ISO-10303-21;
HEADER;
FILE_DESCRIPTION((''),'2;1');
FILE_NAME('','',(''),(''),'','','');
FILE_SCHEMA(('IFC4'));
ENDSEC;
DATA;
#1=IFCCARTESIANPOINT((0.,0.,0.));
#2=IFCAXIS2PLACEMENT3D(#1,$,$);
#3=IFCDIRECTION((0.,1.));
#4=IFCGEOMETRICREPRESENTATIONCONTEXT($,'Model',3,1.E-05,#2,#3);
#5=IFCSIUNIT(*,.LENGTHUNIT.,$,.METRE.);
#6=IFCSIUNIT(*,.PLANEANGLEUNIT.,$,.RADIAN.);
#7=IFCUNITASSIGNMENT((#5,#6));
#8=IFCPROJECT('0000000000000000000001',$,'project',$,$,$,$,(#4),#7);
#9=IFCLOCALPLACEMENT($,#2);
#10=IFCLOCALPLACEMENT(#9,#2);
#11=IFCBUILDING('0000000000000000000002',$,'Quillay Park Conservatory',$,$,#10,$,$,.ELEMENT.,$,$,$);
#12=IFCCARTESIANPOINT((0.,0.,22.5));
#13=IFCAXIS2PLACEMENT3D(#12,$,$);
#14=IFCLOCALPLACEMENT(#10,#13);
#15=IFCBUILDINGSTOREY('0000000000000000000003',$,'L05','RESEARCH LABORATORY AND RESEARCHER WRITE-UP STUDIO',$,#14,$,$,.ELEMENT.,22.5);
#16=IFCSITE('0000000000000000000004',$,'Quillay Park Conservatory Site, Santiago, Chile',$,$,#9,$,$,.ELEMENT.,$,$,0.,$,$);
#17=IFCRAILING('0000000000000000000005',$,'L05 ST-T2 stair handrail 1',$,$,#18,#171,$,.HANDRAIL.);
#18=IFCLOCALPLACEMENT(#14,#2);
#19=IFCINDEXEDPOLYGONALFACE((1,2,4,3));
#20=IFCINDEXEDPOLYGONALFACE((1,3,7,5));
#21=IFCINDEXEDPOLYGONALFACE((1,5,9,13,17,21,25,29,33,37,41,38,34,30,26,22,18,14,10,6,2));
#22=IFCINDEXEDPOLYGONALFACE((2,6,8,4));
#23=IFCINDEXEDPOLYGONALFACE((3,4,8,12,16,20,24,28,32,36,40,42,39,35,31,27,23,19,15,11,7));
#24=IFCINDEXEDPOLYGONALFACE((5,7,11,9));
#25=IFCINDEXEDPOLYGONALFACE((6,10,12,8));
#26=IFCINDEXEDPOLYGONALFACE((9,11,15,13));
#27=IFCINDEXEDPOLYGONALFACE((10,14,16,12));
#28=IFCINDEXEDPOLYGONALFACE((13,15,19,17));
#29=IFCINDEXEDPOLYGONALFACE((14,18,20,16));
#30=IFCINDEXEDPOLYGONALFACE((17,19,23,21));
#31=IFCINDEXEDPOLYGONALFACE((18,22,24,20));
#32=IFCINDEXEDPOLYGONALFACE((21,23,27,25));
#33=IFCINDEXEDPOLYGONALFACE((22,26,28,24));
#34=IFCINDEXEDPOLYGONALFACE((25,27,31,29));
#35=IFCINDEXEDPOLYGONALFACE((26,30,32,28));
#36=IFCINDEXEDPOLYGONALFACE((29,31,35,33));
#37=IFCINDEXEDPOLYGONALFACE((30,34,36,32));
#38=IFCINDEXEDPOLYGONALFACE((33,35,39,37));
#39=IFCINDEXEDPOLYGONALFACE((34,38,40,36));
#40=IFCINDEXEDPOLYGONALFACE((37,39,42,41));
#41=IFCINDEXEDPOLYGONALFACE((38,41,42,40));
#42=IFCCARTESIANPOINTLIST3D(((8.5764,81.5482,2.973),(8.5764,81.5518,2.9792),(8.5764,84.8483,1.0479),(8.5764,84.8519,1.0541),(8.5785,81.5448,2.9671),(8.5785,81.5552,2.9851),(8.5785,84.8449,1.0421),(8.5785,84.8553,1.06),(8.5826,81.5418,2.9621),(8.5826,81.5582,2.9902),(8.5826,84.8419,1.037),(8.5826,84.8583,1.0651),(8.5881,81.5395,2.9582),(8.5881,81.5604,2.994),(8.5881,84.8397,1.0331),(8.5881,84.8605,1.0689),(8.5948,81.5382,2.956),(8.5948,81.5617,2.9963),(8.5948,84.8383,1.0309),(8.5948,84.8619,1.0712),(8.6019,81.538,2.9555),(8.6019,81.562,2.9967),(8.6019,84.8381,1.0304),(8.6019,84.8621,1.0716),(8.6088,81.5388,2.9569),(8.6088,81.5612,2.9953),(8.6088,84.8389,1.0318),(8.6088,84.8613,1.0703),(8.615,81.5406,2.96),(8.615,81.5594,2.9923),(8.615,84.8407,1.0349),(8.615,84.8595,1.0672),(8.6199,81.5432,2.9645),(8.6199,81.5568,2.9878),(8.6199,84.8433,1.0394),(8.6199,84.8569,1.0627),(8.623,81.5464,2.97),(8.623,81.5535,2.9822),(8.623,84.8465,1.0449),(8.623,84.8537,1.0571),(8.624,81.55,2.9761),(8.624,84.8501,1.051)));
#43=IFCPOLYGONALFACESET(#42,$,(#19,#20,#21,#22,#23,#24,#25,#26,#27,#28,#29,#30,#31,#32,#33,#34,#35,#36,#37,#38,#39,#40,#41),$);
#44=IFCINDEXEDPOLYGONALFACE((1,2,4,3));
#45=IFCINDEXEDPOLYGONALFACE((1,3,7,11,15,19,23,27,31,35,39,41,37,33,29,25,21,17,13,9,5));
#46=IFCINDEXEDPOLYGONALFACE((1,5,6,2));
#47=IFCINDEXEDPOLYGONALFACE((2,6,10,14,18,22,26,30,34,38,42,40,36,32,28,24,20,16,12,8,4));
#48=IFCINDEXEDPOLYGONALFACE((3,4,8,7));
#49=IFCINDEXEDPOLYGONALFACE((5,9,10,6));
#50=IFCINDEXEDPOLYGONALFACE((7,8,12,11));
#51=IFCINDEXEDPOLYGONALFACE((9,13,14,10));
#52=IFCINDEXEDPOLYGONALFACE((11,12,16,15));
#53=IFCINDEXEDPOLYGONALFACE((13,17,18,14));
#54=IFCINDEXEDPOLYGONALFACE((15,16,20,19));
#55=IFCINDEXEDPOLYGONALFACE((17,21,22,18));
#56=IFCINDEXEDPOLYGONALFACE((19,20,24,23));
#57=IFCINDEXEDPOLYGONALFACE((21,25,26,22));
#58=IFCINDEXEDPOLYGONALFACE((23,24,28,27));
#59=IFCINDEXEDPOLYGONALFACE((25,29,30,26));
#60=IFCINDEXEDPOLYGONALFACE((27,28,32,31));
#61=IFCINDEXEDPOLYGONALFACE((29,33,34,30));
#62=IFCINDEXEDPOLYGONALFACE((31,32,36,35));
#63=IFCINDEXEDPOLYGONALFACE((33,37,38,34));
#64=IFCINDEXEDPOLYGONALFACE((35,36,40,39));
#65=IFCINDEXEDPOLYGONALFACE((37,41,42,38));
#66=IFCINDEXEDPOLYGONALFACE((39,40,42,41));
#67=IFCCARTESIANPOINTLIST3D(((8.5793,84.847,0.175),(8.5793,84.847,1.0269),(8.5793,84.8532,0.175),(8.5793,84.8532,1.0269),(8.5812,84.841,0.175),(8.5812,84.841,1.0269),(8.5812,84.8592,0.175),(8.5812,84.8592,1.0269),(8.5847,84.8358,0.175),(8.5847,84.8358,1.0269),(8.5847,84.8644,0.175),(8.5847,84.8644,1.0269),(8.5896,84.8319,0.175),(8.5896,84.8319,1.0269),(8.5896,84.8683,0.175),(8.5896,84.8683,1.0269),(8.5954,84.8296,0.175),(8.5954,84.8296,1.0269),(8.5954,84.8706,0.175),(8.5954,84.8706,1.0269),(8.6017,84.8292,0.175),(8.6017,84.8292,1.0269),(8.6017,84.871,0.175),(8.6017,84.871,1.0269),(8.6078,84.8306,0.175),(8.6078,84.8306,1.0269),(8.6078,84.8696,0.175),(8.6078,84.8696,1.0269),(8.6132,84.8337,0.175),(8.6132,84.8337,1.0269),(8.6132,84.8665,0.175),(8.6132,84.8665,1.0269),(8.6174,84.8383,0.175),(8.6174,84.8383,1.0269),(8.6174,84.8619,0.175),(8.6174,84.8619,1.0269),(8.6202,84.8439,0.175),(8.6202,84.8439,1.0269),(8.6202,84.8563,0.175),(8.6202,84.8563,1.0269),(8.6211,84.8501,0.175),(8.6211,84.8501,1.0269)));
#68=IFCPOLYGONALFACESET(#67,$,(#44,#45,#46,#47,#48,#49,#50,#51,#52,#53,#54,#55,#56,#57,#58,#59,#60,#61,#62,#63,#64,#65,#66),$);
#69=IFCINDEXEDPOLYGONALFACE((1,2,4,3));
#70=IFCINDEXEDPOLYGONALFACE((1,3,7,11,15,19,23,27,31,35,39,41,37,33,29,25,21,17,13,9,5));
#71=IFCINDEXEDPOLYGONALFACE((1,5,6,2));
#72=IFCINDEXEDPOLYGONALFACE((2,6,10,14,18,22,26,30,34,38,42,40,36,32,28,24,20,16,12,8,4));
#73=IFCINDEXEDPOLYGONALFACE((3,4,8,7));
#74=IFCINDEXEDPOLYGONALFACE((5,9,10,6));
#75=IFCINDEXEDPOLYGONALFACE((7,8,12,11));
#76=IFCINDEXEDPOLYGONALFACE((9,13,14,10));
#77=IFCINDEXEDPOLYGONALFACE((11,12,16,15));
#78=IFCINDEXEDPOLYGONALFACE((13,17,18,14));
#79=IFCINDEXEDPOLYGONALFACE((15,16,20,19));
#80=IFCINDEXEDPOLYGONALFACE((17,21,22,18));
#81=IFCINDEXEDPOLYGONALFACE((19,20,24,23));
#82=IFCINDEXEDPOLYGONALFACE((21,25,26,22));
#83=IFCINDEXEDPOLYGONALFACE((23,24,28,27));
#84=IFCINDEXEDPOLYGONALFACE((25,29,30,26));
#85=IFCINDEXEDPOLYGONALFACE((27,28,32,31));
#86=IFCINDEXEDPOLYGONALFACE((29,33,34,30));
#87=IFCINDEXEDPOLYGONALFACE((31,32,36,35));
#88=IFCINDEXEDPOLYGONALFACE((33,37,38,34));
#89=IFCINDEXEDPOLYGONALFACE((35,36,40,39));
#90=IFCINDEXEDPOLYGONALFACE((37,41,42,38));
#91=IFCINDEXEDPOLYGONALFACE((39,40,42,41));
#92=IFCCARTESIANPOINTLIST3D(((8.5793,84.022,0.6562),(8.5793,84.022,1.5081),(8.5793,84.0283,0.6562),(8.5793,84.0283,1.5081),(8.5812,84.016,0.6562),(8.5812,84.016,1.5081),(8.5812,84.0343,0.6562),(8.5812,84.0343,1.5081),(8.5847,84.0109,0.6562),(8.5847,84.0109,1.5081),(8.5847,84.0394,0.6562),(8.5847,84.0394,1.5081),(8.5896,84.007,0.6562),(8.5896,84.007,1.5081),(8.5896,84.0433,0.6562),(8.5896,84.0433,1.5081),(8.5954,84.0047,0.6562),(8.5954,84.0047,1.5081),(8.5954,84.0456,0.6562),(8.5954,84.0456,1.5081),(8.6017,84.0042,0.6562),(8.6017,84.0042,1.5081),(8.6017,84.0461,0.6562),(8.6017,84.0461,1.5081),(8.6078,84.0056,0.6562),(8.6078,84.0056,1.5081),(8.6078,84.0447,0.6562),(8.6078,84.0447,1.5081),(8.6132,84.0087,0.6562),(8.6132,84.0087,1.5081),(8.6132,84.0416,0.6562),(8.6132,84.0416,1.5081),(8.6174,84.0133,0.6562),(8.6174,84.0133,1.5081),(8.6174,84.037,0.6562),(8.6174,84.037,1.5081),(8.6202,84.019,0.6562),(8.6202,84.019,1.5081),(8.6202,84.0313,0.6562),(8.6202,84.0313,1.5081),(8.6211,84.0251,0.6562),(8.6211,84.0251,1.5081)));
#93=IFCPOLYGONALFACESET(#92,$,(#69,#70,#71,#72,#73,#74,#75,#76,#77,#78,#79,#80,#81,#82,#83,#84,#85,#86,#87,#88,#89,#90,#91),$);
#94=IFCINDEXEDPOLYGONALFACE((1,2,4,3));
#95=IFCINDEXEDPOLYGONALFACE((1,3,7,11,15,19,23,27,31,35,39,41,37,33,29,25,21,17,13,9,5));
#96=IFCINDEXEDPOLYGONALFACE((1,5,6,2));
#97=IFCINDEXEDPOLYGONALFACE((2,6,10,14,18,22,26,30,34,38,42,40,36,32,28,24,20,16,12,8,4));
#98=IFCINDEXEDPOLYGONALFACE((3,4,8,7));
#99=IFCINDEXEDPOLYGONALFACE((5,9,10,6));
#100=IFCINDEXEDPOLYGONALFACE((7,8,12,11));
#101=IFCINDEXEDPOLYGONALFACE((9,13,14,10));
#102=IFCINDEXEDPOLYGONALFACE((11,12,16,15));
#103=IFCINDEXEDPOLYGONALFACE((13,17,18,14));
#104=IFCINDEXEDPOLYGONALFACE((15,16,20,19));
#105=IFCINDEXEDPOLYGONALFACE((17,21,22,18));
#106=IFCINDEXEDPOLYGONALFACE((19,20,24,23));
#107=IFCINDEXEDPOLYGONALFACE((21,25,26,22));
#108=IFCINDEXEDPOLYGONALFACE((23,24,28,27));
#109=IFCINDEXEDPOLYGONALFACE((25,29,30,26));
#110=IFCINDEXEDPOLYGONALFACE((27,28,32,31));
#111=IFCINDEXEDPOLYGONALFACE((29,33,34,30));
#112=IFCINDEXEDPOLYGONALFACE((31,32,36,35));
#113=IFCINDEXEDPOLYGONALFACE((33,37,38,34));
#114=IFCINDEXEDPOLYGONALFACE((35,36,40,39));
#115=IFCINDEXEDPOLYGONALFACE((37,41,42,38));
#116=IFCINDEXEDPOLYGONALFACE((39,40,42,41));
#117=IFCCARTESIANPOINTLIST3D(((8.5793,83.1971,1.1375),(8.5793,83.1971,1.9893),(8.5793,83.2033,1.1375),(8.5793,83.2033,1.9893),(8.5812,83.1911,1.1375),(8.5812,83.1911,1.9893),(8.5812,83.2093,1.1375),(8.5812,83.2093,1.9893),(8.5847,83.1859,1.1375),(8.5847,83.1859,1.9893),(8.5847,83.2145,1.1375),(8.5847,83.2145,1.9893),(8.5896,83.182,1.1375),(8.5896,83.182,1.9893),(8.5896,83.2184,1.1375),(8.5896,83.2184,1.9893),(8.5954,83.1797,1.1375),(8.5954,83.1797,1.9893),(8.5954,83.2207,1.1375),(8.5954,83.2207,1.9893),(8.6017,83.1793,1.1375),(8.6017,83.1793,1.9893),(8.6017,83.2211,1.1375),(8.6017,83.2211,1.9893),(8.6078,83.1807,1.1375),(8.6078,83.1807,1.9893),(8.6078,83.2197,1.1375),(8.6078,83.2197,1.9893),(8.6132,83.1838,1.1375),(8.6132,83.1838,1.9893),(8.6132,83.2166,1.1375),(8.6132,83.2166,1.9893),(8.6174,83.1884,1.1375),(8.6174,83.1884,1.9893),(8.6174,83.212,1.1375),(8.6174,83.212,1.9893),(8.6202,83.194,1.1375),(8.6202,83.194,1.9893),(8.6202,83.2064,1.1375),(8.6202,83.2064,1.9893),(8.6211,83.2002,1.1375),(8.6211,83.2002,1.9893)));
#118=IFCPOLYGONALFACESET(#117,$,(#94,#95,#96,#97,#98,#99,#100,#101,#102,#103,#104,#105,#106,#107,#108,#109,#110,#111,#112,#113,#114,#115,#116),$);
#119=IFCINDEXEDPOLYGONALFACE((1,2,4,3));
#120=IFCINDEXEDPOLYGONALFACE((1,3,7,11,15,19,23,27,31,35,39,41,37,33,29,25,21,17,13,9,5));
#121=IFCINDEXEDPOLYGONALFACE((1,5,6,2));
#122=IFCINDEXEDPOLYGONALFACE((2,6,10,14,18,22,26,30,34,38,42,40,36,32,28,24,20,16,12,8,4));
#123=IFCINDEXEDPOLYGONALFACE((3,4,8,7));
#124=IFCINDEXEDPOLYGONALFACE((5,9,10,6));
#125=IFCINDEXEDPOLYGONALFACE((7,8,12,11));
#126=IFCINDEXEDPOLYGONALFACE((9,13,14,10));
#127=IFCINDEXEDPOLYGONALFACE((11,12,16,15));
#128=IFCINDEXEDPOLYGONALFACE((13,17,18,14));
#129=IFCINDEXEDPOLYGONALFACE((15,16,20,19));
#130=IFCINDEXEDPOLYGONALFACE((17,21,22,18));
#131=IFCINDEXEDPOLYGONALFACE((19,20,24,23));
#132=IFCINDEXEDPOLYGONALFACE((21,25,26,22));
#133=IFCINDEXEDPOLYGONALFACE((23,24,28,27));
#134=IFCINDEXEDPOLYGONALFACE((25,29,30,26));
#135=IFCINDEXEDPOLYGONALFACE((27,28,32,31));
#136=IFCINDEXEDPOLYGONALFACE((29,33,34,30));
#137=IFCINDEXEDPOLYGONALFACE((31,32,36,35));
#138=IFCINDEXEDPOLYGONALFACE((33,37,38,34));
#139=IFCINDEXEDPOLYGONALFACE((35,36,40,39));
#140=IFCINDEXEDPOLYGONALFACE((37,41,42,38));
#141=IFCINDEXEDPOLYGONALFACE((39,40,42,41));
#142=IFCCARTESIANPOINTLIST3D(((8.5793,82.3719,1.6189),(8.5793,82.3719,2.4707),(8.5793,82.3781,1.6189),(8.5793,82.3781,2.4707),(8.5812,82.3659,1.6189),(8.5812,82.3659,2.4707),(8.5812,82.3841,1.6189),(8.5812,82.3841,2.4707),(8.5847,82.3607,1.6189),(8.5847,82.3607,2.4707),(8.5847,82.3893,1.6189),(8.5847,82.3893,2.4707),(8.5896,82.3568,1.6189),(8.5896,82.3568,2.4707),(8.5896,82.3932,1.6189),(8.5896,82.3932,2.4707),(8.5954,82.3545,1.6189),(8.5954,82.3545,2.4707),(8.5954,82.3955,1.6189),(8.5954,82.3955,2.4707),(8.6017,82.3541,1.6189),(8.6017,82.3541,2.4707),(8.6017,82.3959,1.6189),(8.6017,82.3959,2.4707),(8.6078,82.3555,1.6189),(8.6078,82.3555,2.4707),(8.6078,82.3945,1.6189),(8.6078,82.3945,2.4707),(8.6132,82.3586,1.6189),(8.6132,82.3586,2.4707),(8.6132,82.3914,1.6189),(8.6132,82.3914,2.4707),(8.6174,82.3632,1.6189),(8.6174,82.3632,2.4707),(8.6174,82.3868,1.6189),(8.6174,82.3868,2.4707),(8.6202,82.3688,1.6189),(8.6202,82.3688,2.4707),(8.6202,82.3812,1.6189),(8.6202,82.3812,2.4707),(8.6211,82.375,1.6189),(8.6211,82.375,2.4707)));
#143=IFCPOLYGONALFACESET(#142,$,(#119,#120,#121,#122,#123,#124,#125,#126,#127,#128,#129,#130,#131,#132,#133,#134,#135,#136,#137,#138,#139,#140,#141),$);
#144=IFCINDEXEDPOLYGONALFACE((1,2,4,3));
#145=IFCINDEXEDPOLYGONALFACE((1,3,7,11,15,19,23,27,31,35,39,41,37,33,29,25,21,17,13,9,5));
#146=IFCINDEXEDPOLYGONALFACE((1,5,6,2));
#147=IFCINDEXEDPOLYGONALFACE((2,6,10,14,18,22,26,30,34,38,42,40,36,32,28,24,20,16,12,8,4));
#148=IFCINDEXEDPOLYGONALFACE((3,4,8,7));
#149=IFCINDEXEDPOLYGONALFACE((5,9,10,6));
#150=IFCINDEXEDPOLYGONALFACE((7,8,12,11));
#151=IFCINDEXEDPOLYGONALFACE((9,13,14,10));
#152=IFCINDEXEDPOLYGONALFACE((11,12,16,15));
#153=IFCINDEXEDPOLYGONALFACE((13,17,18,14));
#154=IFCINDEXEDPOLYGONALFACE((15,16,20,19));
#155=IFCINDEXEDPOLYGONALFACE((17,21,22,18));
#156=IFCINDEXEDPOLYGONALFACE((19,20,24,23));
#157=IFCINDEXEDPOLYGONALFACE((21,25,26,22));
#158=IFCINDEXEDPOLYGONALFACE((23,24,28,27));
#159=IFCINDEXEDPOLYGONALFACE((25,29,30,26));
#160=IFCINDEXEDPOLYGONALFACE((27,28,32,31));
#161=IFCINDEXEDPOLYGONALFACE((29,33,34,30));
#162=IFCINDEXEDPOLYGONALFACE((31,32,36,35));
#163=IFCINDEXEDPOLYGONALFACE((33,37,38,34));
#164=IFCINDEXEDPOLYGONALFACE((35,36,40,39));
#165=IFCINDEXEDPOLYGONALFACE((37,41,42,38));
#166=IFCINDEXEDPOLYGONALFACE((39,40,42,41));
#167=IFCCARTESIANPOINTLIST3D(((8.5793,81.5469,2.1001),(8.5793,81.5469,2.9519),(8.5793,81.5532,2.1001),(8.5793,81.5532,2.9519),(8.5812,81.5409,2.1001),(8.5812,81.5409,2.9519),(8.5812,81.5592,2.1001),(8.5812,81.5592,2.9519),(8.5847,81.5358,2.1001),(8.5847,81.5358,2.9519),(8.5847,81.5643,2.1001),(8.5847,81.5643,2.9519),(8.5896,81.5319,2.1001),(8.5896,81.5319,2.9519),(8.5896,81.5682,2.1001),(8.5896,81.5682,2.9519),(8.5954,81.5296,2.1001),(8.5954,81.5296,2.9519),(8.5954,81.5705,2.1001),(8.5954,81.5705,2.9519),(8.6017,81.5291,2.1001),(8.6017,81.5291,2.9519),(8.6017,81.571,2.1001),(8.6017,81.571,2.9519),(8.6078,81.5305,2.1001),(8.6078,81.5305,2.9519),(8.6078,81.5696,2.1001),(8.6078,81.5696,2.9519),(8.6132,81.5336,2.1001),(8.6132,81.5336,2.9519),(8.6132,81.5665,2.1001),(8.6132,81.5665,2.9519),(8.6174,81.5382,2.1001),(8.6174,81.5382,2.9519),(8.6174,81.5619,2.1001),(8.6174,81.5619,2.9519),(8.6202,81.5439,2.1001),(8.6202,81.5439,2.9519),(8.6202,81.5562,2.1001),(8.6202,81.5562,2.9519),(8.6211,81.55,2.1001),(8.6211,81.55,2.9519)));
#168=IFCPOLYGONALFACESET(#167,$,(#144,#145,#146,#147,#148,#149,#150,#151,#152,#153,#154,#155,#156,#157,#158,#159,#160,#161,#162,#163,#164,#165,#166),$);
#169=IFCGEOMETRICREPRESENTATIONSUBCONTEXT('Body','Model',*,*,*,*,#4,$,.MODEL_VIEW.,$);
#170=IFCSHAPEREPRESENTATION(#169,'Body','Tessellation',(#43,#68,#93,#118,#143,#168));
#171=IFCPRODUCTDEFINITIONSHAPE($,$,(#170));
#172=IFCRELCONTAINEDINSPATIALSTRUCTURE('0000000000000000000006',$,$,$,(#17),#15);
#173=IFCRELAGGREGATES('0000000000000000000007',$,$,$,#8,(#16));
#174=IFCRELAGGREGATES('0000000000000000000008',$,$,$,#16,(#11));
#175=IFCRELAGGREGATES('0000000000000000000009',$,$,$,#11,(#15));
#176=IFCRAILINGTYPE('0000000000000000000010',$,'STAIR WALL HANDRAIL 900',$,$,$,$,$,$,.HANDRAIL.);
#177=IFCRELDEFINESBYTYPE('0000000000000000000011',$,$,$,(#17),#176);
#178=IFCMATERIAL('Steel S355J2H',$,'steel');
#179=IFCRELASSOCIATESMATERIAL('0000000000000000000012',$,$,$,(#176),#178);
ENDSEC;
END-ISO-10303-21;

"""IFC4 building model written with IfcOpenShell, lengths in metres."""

from ifc_helpers import new_model, si_unit, direction, frame, origin, origin_2d, place, context, subcontext, project, spatial, circle, extrude, material, type_object, element, save


model = new_model("IFC4")

# Units and contexts
model_context = context("Model", 3, precision=1e-05, world=origin(), true_north=direction((0.0, 1.0)))
body_context = subcontext(model_context, "Body", "Model", "MODEL_VIEW")
ifc_project = project(units=[si_unit("LENGTHUNIT", "METRE"), si_unit("PLANEANGLEUNIT", "RADIAN")], contexts=[model_context])

# Site, building, storey
site_placement = place(None, origin())
site = spatial("IfcSite", under=ifc_project, at=site_placement, Name="Quillay Park Conservatory Site, Santiago, Chile", CompositionType="ELEMENT", RefElevation=0.0)
building_placement = place(site_placement, origin())
building = spatial("IfcBuilding", under=site, at=building_placement, Name="Quillay Park Conservatory", CompositionType="ELEMENT")
storey_placement = place(building_placement, frame((0.0, 0.0, 22.5)))
storey = spatial("IfcBuildingStorey", under=building, at=storey_placement, Name="L05", Description="RESEARCH LABORATORY AND RESEARCHER WRITE-UP STUDIO", CompositionType="ELEMENT", Elevation=22.5)

# Railing
ifc_material_1 = material(Name="Steel S355J2H", Category="steel")
railing_type_1 = type_object("IfcRailingType", Name="STAIR WALL HANDRAIL 900", PredefinedType="HANDRAIL", material=ifc_material_1)
railing_1_placement = place(storey_placement, frame((8.6001, 84.8501, 0.175)))
element("IfcRailing", 1, at=railing_1_placement, inside=storey, type_object=railing_type_1, Name="L05 ST-T2 stair handrail 1", PredefinedType="HANDRAIL", context=body_context, shape_type="SweptSolid", body=[
    extrude(circle(Radius=0.0239, at=origin_2d()), frame((0.0, 0.0, 0.876), z_axis=(0.0, -0.863777, 0.503875), x_axis=(1.0, 0.0, 0.0)), (0.0, 0.0, 1.0), 3.8206),
    extrude(circle(Radius=0.021, at=origin_2d()), origin(), (0.0, 0.0, 1.0), 0.8518),
    extrude(circle(Radius=0.021, at=origin_2d()), frame((0.0, -0.825, 0.4812)), (0.0, 0.0, 1.0), 0.8518),
    extrude(circle(Radius=0.021, at=origin_2d()), frame((0.0, -1.6499, 0.9624)), (0.0, 0.0, 1.0), 0.8518),
    extrude(circle(Radius=0.021, at=origin_2d()), frame((0.0, -2.4751, 1.4438)), (0.0, 0.0, 1.0), 0.8518),
    extrude(circle(Radius=0.021, at=origin_2d()), frame((0.0, -3.3, 1.925)), (0.0, 0.0, 1.0), 0.8518),
])

save(model, "model.ifc")
